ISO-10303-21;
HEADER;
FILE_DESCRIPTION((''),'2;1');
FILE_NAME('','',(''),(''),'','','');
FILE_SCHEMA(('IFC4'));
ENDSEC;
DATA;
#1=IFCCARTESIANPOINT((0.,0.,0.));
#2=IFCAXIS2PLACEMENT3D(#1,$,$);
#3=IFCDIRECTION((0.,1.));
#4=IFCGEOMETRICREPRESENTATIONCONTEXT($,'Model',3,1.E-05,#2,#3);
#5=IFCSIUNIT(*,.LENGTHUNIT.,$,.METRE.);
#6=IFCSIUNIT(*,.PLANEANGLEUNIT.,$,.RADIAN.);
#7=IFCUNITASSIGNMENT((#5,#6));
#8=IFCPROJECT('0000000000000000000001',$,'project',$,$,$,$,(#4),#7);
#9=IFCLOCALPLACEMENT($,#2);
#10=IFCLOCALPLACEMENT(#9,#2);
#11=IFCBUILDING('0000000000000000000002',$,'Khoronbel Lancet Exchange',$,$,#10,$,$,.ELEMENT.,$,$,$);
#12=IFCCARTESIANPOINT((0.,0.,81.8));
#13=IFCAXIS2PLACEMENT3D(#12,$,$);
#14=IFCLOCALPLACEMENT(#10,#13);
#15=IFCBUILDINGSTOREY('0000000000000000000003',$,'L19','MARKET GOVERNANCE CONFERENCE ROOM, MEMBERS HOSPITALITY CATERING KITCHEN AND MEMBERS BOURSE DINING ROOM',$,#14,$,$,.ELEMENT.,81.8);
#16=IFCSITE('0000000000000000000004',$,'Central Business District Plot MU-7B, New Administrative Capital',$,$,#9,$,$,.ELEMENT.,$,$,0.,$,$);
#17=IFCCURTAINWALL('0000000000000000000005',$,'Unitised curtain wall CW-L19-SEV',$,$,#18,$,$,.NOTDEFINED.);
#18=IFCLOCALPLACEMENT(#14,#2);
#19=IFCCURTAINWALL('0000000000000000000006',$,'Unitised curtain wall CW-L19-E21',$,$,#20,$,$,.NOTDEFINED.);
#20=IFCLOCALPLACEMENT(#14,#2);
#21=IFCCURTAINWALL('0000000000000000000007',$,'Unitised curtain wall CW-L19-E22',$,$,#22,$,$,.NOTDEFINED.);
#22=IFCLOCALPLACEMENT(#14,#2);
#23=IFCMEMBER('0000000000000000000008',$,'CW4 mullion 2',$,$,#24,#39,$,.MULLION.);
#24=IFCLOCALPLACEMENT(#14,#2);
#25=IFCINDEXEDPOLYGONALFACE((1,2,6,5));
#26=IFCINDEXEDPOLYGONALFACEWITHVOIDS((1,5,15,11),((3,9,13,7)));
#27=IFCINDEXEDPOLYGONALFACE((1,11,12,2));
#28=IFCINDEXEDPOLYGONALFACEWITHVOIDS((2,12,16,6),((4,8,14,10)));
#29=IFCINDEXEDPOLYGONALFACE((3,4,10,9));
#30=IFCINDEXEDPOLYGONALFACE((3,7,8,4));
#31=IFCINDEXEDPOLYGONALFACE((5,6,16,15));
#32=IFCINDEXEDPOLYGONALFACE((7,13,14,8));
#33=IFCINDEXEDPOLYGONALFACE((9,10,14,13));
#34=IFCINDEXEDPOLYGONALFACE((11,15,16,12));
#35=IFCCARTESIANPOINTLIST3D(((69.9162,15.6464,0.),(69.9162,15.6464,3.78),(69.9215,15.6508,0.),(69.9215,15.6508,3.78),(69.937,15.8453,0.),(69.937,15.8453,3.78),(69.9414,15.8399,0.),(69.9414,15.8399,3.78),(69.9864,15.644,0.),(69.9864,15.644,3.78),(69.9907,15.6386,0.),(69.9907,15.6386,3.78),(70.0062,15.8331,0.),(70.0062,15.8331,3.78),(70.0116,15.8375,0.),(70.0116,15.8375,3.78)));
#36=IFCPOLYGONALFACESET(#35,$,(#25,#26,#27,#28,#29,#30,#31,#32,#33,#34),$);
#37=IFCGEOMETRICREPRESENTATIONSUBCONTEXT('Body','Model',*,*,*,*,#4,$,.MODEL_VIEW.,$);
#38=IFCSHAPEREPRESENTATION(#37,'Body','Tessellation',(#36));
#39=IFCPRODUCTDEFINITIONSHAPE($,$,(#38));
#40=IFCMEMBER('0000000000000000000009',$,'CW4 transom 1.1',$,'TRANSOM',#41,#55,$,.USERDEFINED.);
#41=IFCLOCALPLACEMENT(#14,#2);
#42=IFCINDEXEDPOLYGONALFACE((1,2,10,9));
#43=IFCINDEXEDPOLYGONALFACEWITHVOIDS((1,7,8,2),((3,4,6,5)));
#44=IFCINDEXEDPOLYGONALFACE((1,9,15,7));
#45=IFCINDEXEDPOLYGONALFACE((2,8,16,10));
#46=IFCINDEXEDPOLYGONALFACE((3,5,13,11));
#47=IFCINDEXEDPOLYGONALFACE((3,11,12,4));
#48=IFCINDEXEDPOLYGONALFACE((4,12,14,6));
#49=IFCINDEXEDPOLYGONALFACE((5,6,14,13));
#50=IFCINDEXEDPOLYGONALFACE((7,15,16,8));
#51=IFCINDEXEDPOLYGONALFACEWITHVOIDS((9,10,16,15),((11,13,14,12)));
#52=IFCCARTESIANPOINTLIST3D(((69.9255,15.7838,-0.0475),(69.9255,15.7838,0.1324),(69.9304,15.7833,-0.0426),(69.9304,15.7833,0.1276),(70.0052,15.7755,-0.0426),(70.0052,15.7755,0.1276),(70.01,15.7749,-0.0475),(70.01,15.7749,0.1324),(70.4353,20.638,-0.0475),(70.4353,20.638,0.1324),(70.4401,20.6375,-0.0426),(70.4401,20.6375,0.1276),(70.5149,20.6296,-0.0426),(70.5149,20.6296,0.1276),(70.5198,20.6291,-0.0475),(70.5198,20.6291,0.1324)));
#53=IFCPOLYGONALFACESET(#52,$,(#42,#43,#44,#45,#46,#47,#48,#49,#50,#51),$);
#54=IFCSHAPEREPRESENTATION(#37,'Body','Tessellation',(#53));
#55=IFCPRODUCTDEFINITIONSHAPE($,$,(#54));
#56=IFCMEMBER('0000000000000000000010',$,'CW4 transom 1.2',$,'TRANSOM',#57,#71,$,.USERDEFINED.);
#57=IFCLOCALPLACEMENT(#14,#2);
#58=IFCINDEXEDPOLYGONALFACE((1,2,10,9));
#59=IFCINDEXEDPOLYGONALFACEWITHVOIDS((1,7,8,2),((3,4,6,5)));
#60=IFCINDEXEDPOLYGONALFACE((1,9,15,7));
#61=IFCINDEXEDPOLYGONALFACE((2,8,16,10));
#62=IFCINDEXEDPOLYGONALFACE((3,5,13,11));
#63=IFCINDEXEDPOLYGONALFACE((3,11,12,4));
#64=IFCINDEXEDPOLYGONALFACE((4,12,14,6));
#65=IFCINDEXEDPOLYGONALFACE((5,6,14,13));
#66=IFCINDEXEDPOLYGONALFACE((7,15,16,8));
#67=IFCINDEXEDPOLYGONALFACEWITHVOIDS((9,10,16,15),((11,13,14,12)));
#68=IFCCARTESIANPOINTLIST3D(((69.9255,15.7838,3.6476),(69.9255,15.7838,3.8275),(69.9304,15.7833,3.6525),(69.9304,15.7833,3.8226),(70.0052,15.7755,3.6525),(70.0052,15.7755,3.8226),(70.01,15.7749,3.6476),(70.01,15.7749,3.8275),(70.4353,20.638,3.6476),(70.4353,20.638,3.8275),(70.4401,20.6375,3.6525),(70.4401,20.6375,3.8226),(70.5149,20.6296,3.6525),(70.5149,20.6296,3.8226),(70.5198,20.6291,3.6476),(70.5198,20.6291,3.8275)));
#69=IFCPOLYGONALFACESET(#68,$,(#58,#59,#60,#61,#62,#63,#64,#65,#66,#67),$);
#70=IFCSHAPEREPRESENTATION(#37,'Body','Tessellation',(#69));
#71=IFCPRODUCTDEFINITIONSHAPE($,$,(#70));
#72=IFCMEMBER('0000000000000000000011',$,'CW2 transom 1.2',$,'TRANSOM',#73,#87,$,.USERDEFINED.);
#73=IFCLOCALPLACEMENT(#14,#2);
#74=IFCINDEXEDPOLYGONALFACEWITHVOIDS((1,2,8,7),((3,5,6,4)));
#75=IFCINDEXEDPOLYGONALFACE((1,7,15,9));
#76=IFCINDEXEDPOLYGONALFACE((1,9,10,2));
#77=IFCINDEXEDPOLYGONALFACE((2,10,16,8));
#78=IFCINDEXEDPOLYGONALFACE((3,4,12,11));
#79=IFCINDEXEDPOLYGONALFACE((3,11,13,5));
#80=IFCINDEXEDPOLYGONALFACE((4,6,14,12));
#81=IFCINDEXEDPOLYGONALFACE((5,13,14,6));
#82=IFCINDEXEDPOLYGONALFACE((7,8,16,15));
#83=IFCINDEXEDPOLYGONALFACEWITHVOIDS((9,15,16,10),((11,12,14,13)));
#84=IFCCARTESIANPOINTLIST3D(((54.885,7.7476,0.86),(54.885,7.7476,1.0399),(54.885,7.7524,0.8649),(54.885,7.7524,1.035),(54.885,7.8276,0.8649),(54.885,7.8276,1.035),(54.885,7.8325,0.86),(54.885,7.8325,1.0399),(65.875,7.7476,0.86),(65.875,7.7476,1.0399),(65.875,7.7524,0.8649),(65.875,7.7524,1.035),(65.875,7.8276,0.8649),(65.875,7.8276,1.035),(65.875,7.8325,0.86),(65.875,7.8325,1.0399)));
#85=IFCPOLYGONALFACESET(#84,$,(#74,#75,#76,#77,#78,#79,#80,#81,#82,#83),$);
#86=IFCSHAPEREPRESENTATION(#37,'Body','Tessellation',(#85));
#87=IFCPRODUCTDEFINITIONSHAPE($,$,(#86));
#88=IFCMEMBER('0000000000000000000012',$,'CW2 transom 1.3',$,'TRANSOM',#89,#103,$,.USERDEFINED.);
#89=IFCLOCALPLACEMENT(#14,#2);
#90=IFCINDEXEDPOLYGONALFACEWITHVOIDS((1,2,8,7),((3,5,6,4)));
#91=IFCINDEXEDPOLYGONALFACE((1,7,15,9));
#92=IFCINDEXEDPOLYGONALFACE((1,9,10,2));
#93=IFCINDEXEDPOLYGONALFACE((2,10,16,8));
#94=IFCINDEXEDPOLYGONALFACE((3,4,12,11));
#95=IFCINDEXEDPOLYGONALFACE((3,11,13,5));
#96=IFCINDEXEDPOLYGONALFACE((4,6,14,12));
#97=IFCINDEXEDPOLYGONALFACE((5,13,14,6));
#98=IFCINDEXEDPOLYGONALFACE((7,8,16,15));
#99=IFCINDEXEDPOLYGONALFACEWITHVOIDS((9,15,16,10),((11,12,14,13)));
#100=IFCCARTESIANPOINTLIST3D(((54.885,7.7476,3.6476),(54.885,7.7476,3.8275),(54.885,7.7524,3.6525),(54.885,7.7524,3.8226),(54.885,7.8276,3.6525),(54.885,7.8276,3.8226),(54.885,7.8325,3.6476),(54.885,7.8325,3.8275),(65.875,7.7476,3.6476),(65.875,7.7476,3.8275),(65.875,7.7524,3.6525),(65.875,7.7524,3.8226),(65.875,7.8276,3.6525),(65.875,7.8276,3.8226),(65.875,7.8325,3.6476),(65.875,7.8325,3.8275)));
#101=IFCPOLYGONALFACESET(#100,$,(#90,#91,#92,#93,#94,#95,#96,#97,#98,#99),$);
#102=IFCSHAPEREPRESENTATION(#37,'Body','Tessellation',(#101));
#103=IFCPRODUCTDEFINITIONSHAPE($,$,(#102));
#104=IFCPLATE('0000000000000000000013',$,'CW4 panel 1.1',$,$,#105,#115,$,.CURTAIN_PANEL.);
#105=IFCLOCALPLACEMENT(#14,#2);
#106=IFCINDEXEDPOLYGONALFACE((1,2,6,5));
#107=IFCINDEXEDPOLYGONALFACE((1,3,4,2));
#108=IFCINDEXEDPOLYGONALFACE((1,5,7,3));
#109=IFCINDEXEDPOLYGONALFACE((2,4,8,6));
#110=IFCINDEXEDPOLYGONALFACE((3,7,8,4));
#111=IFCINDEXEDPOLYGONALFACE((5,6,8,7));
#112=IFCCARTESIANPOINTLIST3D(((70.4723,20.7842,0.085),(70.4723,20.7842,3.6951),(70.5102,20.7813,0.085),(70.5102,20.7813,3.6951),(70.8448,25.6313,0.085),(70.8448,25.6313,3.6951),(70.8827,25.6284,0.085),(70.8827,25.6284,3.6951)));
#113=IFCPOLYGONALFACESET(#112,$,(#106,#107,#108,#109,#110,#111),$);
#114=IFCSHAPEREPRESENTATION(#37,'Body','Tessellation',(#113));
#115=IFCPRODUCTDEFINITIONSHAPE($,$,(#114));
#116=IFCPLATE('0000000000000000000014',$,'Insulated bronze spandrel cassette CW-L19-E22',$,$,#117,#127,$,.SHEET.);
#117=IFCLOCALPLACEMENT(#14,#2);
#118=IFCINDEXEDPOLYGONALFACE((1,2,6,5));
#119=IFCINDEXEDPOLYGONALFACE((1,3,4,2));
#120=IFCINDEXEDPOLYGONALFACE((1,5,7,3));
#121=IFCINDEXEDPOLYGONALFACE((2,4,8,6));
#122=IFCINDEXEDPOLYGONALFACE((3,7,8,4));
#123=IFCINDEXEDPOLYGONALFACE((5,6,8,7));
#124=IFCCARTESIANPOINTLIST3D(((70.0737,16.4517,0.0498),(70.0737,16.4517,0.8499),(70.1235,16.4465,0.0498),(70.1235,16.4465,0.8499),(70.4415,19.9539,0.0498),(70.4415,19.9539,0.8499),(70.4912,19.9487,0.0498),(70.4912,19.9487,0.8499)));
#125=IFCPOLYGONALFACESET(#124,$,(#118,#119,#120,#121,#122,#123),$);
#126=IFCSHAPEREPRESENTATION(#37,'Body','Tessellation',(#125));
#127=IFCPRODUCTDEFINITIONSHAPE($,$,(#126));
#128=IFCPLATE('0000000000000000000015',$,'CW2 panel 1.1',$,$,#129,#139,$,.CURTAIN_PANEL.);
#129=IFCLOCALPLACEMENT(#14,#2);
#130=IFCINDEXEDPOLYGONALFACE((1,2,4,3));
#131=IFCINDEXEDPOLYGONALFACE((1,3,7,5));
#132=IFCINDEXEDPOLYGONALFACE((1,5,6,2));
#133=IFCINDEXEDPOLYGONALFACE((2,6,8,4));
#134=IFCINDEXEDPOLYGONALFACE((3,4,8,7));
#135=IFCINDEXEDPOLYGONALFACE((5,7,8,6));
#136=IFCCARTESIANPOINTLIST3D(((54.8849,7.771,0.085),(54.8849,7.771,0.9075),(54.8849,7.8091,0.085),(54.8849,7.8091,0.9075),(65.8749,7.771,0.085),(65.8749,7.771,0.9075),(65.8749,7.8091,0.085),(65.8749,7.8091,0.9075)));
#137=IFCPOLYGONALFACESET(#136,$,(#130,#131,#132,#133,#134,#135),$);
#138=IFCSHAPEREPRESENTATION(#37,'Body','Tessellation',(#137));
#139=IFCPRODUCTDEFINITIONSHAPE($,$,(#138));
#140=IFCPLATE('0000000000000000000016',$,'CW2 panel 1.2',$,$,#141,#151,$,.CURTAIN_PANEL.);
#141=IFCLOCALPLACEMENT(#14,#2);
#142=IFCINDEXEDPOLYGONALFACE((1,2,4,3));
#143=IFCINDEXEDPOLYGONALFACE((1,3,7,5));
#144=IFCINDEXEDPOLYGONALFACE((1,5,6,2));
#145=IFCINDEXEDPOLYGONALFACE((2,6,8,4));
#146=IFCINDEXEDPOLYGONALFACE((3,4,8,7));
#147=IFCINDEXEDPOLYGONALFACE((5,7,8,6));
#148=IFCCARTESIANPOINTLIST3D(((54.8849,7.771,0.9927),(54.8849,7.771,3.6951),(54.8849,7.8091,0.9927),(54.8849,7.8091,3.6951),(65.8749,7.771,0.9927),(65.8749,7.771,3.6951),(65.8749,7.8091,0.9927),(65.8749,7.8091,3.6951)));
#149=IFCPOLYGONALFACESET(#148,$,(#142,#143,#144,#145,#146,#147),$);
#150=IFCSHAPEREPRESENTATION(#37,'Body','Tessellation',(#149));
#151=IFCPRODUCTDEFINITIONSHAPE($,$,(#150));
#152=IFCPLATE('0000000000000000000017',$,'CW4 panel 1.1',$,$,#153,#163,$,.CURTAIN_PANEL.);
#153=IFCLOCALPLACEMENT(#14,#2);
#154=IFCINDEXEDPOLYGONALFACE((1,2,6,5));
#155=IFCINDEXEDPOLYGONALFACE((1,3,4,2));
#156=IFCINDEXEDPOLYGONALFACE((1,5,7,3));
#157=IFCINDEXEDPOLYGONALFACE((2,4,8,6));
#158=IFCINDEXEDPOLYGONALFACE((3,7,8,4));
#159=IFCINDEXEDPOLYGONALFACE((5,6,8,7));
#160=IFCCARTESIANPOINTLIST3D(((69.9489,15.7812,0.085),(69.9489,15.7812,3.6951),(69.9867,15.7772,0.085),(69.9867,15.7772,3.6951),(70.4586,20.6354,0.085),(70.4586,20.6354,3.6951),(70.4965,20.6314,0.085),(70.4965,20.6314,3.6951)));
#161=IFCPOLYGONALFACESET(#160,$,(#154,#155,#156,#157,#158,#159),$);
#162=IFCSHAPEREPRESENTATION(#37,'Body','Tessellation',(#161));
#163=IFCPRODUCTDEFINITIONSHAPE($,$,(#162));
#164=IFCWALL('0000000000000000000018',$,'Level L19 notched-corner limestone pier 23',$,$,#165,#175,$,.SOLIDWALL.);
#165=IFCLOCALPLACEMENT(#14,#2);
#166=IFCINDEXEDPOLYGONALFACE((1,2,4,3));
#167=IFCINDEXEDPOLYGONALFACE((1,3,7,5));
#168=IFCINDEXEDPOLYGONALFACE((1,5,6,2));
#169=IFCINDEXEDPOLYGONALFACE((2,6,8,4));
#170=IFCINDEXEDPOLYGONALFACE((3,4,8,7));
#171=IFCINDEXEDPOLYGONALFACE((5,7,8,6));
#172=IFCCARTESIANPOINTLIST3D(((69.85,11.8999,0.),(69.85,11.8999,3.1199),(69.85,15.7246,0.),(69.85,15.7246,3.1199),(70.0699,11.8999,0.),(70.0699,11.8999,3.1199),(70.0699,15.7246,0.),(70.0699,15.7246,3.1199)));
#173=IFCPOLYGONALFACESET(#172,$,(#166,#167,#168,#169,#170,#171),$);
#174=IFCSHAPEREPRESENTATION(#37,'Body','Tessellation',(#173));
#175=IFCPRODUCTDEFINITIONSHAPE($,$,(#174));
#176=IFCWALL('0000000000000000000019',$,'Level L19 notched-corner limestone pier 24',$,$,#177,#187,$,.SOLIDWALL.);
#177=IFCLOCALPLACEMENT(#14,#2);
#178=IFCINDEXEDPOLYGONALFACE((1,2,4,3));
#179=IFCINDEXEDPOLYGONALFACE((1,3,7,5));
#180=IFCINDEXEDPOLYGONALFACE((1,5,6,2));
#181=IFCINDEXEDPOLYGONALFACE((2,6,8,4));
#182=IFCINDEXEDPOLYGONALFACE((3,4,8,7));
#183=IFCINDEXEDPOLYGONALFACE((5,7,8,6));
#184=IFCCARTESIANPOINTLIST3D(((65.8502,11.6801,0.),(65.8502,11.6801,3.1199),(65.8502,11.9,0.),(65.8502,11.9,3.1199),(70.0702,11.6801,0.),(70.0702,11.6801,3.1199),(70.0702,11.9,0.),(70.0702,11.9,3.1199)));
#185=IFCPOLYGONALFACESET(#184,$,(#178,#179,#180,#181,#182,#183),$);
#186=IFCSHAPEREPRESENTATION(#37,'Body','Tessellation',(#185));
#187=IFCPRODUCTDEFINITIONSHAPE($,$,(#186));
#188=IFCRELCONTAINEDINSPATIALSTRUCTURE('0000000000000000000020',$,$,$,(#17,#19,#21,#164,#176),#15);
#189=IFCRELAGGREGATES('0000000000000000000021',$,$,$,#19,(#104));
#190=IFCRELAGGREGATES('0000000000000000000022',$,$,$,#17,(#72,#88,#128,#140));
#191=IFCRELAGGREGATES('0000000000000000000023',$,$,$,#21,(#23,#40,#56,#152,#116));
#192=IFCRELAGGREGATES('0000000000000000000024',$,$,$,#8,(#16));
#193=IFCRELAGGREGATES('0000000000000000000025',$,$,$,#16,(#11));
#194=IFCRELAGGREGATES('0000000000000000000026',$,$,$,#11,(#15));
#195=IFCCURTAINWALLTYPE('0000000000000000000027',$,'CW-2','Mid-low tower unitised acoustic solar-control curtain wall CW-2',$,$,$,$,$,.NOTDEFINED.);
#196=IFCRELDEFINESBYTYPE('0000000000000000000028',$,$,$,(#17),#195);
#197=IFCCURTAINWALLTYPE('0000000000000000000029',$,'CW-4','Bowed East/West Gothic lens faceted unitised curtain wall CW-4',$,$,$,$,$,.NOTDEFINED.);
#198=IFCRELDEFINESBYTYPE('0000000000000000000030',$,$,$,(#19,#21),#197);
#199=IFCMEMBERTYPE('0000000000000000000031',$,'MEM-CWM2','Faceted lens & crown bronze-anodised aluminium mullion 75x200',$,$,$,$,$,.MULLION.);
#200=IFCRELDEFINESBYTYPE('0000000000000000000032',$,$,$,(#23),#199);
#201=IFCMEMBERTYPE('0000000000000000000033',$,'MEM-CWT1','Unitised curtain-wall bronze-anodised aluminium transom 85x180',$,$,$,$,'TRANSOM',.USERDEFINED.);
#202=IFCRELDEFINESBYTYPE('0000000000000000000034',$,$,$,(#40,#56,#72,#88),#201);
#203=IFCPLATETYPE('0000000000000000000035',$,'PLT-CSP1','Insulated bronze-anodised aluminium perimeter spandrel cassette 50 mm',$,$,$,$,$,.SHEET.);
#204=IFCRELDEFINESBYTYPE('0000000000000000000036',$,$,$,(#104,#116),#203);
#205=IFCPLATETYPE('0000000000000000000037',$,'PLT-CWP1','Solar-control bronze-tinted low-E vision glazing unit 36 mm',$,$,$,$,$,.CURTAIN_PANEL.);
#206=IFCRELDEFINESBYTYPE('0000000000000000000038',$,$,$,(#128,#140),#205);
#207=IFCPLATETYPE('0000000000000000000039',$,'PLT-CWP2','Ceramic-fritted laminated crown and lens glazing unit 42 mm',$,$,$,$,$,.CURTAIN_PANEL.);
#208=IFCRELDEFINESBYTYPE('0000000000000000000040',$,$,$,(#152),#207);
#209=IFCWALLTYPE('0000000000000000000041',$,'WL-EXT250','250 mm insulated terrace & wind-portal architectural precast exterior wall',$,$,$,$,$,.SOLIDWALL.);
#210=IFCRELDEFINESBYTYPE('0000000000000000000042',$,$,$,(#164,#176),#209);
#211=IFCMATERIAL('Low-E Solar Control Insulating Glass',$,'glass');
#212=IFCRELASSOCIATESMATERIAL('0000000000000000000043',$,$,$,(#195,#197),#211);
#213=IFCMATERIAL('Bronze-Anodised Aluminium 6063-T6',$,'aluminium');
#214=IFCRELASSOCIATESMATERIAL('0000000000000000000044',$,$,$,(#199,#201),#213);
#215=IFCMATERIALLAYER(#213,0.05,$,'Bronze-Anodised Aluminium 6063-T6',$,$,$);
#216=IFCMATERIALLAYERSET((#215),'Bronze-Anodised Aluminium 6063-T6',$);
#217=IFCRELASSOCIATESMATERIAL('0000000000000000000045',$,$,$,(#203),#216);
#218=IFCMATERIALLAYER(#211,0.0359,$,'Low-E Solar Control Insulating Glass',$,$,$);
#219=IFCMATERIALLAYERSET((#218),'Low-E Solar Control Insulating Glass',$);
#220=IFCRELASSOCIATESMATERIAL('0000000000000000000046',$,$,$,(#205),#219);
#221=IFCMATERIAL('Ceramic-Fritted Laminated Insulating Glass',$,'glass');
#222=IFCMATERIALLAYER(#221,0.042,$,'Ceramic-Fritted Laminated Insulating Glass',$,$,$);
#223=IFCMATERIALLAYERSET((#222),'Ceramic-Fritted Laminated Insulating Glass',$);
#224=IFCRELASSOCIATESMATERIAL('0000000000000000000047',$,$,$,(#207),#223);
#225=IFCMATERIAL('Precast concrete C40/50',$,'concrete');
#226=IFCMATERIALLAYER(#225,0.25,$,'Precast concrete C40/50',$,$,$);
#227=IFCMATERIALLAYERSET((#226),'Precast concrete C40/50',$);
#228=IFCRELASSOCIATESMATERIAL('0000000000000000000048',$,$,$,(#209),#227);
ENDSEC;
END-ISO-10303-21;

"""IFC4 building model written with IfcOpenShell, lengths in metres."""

from ifc_helpers import new_model, si_unit, direction, frame, frame_2d, origin, origin_2d, place, context, subcontext, project, spatial, rectangle, hollow_rectangle, extrude, material, layer, layer_set, material_profile, profile_set, type_object, element, aggregate, save


model = new_model("IFC4")

# Units and contexts
model_context = context("Model", 3, precision=1e-05, world=origin(), true_north=direction((0.0, 1.0)))
body_context = subcontext(model_context, "Body", "Model", "MODEL_VIEW")
ifc_project = project(units=[si_unit("LENGTHUNIT", "METRE"), si_unit("PLANEANGLEUNIT", "RADIAN")], contexts=[model_context])

# Site, building, storey
site_placement = place(None, origin())
site = spatial("IfcSite", under=ifc_project, at=site_placement, Name="Central Business District Plot MU-7B, New Administrative Capital", CompositionType="ELEMENT", RefElevation=0.0)
building_placement = place(site_placement, origin())
building = spatial("IfcBuilding", under=site, at=building_placement, Name="Khoronbel Lancet Exchange", CompositionType="ELEMENT")
storey_placement = place(building_placement, frame((0.0, 0.0, 81.8)))
storey = spatial("IfcBuildingStorey", under=building, at=storey_placement, Name="L19", Description="MARKET GOVERNANCE CONFERENCE ROOM, MEMBERS HOSPITALITY CATERING KITCHEN AND MEMBERS BOURSE DINING ROOM", CompositionType="ELEMENT", Elevation=81.8)

# Curtain walls
ifc_material_1 = material(Name="Low-E Solar Control Insulating Glass", Category="glass")
curtain_wall_type_1 = type_object("IfcCurtainWallType", Name="CW-2", Description="Mid-low tower unitised acoustic solar-control curtain wall CW-2", PredefinedType="NOTDEFINED", material=ifc_material_1)
curtain_wall_1_placement = place(storey_placement, origin())
curtain_wall_1 = element("IfcCurtainWall", 1, at=curtain_wall_1_placement, inside=storey, type_object=curtain_wall_type_1, Name="Unitised curtain wall CW-L19-SEV", PredefinedType="NOTDEFINED")
ifc_material_2 = material(Name="Bronze-Anodised Aluminium 6063-T6", Category="aluminium")
curtain_wall_type_2 = type_object("IfcCurtainWallType", Name="CW-4", Description="Bowed East/West Gothic lens faceted unitised curtain wall CW-4", PredefinedType="NOTDEFINED", material=ifc_material_1)
curtain_wall_2_placement = place(storey_placement, origin())
curtain_wall_2 = element("IfcCurtainWall", 2, at=curtain_wall_2_placement, inside=storey, type_object=curtain_wall_type_2, Name="Unitised curtain wall CW-L19-E21", PredefinedType="NOTDEFINED")
ifc_material_profile_1 = material_profile(ifc_material_2, hollow_rectangle(XDim=0.075, YDim=0.2, WallThickness=0.0049, at=origin_2d()), Name="ALU MULLION 75x200")
ifc_profile_set_1 = profile_set([ifc_material_profile_1], Name="Bronze-Anodised Aluminium 6063-T6")
member_type_1 = type_object("IfcMemberType", Name="MEM-CWM2", Description="Faceted lens & crown bronze-anodised aluminium mullion 75x200", PredefinedType="MULLION", material=ifc_profile_set_1)

# Curtain wall, members
curtain_wall_3_placement = place(storey_placement, origin())
curtain_wall_3 = element("IfcCurtainWall", 3, at=curtain_wall_3_placement, inside=storey, type_object=curtain_wall_type_2, Name="Unitised curtain wall CW-L19-E22", PredefinedType="NOTDEFINED")
member_1_placement = place(storey_placement, frame((69.9639, 15.7419, 0.0), z_axis=(0.0, 0.0, 1.0), x_axis=(0.994532, -0.104434, 0.0)))
member_1 = element("IfcMember", 4, at=member_1_placement, type_object=member_type_1, Name="CW4 mullion 2", PredefinedType="MULLION", context=body_context, shape_type="SweptSolid", body=[
    extrude(hollow_rectangle(XDim=0.075, YDim=0.2, WallThickness=0.0049, at=origin_2d()), origin(), (0.0, 0.0, 1.0), 3.78),
])
ifc_material_profile_2 = material_profile(ifc_material_2, hollow_rectangle(XDim=0.085, YDim=0.1799, WallThickness=0.0049, at=origin_2d()), Name="ALU TRANSOM 85x180")
ifc_profile_set_2 = profile_set([ifc_material_profile_2], Name="Bronze-Anodised Aluminium 6063-T6")
member_type_2 = type_object("IfcMemberType", Name="MEM-CWT1", Description="Unitised curtain-wall bronze-anodised aluminium transom 85x180", ElementType="TRANSOM", PredefinedType="USERDEFINED", material=ifc_profile_set_2)
member_2_placement = place(storey_placement, frame((70.4775, 20.6335, 0.0425), z_axis=(-0.10444, -0.994531, 0.0), x_axis=(0.994531, -0.10444, 0.0)))
member_2 = element("IfcMember", 5, at=member_2_placement, type_object=member_type_2, Name="CW4 transom 1.1", ObjectType="TRANSOM", PredefinedType="USERDEFINED", context=body_context, shape_type="SweptSolid", body=[
    extrude(hollow_rectangle(XDim=0.085, YDim=0.1799, WallThickness=0.0049, at=origin_2d()), origin(), (0.0, 0.0, 1.0), 4.8809),
])
member_3_placement = place(storey_placement, frame((70.4775, 20.6335, 3.7375), z_axis=(-0.10444, -0.994531, 0.0), x_axis=(0.994531, -0.10444, 0.0)))
member_3 = element("IfcMember", 6, at=member_3_placement, type_object=member_type_2, Name="CW4 transom 1.2", ObjectType="TRANSOM", PredefinedType="USERDEFINED", context=body_context, shape_type="SweptSolid", body=[
    extrude(hollow_rectangle(XDim=0.085, YDim=0.1799, WallThickness=0.0049, at=origin_2d()), origin(), (0.0, 0.0, 1.0), 4.8809),
])

# Members
member_4_placement = place(storey_placement, frame((54.885, 7.79, 0.95), z_axis=(1.0, 0.0, 0.0), x_axis=(0.0, 1.0, 0.0)))
member_4 = element("IfcMember", 7, at=member_4_placement, type_object=member_type_2, Name="CW2 transom 1.2", ObjectType="TRANSOM", PredefinedType="USERDEFINED", context=body_context, shape_type="SweptSolid", body=[
    extrude(hollow_rectangle(XDim=0.085, YDim=0.1799, WallThickness=0.0049, at=origin_2d()), origin(), (0.0, 0.0, 1.0), 10.99),
])
member_5_placement = place(storey_placement, frame((54.885, 7.79, 3.7375), z_axis=(1.0, 0.0, 0.0), x_axis=(0.0, 1.0, 0.0)))
member_5 = element("IfcMember", 8, at=member_5_placement, type_object=member_type_2, Name="CW2 transom 1.3", ObjectType="TRANSOM", PredefinedType="USERDEFINED", context=body_context, shape_type="SweptSolid", body=[
    extrude(hollow_rectangle(XDim=0.085, YDim=0.1799, WallThickness=0.0049, at=origin_2d()), origin(), (0.0, 0.0, 1.0), 10.99),
])

# Plates
ifc_layer_1 = layer(ifc_material_2, 0.05, Name="Bronze-Anodised Aluminium 6063-T6")
ifc_layer_set_1 = layer_set([ifc_layer_1], Name="Bronze-Anodised Aluminium 6063-T6")
plate_type_1 = type_object("IfcPlateType", Name="PLT-CSP1", Description="Insulated bronze-anodised aluminium perimeter spandrel cassette 50 mm", PredefinedType="SHEET", material=ifc_layer_set_1)
plate_1_placement = place(storey_placement, frame((70.6775, 23.2063, 0.085), z_axis=(0.0, 0.0, 1.0), x_axis=(-0.076626, -0.99706, 0.0)))
plate_1 = element("IfcPlate", 9, at=plate_1_placement, type_object=plate_type_1, Name="CW4 panel 1.1", PredefinedType="CURTAIN_PANEL", context=body_context, shape_type="SweptSolid", body=[
    extrude(rectangle(XDim=4.8613, YDim=0.0381, at=origin_2d()), origin(), (0.0, 0.0, 1.0), 3.6101),
])
aggregate(curtain_wall_2, [plate_1])
plate_2_placement = place(storey_placement, frame((70.2825, 18.2002, 0.0498), z_axis=(0.0, 0.0, 1.0), x_axis=(-0.104434, -0.994532, 0.0)))
plate_2 = element("IfcPlate", 10, at=plate_2_placement, type_object=plate_type_1, Name="Insulated bronze spandrel cassette CW-L19-E22", PredefinedType="SHEET", context=body_context, shape_type="SweptSolid", body=[
    extrude(rectangle(XDim=3.5215, YDim=0.05, at=origin_2d()), origin(), (0.0, 0.0, 1.0), 0.8),
])
ifc_layer_2 = layer(ifc_material_1, 0.0359, Name="Low-E Solar Control Insulating Glass")
ifc_layer_set_2 = layer_set([ifc_layer_2], Name="Low-E Solar Control Insulating Glass")
plate_type_2 = type_object("IfcPlateType", Name="PLT-CWP1", Description="Solar-control bronze-tinted low-E vision glazing unit 36 mm", PredefinedType="CURTAIN_PANEL", material=ifc_layer_set_2)
plate_3_placement = place(storey_placement, frame((60.3799, 7.79, 0.085), z_axis=(0.0, 0.0, 1.0), x_axis=(1.0, 0.0, 0.0)))
plate_3 = element("IfcPlate", 11, at=plate_3_placement, type_object=plate_type_2, Name="CW2 panel 1.1", PredefinedType="CURTAIN_PANEL", context=body_context, shape_type="SweptSolid", body=[
    extrude(rectangle(XDim=10.99, YDim=0.0381, at=origin_2d()), origin(), (0.0, 0.0, 1.0), 0.8225),
])
plate_4_placement = place(storey_placement, frame((60.3799, 7.79, 0.9927), z_axis=(0.0, 0.0, 1.0), x_axis=(1.0, 0.0, 0.0)))
plate_4 = element("IfcPlate", 12, at=plate_4_placement, type_object=plate_type_2, Name="CW2 panel 1.2", PredefinedType="CURTAIN_PANEL", context=body_context, shape_type="SweptSolid", body=[
    extrude(rectangle(XDim=10.99, YDim=0.0381, at=origin_2d()), origin(), (0.0, 0.0, 1.0), 2.7024),
])
aggregate(curtain_wall_1, [member_4, member_5, plate_3, plate_4])
ifc_material_3 = material(Name="Ceramic-Fritted Laminated Insulating Glass", Category="glass")
ifc_layer_3 = layer(ifc_material_3, 0.042, Name="Ceramic-Fritted Laminated Insulating Glass")
ifc_layer_set_3 = layer_set([ifc_layer_3], Name="Ceramic-Fritted Laminated Insulating Glass")
plate_type_3 = type_object("IfcPlateType", Name="PLT-CWP2", Description="Ceramic-fritted laminated crown and lens glazing unit 42 mm", PredefinedType="CURTAIN_PANEL", material=ifc_layer_set_3)
plate_5_placement = place(storey_placement, frame((70.2227, 18.2063, 0.085), z_axis=(0.0, 0.0, 1.0), x_axis=(-0.104434, -0.994532, 0.0)))
plate_5 = element("IfcPlate", 13, at=plate_5_placement, type_object=plate_type_3, Name="CW4 panel 1.1", PredefinedType="CURTAIN_PANEL", context=body_context, shape_type="SweptSolid", body=[
    extrude(rectangle(XDim=4.8809, YDim=0.0381, at=origin_2d()), origin(), (0.0, 0.0, 1.0), 3.6101),
])
aggregate(curtain_wall_3, [member_1, member_2, member_3, plate_5, plate_2])

# Walls
ifc_material_4 = material(Name="Precast concrete C40/50", Category="concrete")
ifc_layer_4 = layer(ifc_material_4, 0.25, Name="Precast concrete C40/50")
ifc_layer_set_4 = layer_set([ifc_layer_4], Name="Precast concrete C40/50")
wall_type_1 = type_object("IfcWallType", Name="WL-EXT250", Description="250 mm insulated terrace & wind-portal architectural precast exterior wall", PredefinedType="SOLIDWALL", material=ifc_layer_set_4)
wall_1_placement = place(storey_placement, frame((69.96, 15.7246, 0.0), z_axis=(0.0, 0.0, 1.0), x_axis=(0.0, -1.0, 0.0)))
element("IfcWall", 14, at=wall_1_placement, inside=storey, type_object=wall_type_1, Name="Level L19 notched-corner limestone pier 23", PredefinedType="SOLIDWALL", context=body_context, shape_type="SweptSolid", body=[
    extrude(rectangle(XDim=3.8247, YDim=0.22, at=frame_2d((1.9124, 0.0))), origin(), (0.0, 0.0, 1.0), 3.1199),
])
wall_2_placement = place(storey_placement, frame((70.0701, 11.79, 0.0), z_axis=(0.0, 0.0, 1.0), x_axis=(-1.0, 0.0, 0.0)))
element("IfcWall", 15, at=wall_2_placement, inside=storey, type_object=wall_type_1, Name="Level L19 notched-corner limestone pier 24", PredefinedType="SOLIDWALL", context=body_context, shape_type="SweptSolid", body=[
    extrude(rectangle(XDim=4.22, YDim=0.22, at=frame_2d((2.1099, 0.0))), origin(), (0.0, 0.0, 1.0), 3.1199),
])

save(model, "model.ifc")
